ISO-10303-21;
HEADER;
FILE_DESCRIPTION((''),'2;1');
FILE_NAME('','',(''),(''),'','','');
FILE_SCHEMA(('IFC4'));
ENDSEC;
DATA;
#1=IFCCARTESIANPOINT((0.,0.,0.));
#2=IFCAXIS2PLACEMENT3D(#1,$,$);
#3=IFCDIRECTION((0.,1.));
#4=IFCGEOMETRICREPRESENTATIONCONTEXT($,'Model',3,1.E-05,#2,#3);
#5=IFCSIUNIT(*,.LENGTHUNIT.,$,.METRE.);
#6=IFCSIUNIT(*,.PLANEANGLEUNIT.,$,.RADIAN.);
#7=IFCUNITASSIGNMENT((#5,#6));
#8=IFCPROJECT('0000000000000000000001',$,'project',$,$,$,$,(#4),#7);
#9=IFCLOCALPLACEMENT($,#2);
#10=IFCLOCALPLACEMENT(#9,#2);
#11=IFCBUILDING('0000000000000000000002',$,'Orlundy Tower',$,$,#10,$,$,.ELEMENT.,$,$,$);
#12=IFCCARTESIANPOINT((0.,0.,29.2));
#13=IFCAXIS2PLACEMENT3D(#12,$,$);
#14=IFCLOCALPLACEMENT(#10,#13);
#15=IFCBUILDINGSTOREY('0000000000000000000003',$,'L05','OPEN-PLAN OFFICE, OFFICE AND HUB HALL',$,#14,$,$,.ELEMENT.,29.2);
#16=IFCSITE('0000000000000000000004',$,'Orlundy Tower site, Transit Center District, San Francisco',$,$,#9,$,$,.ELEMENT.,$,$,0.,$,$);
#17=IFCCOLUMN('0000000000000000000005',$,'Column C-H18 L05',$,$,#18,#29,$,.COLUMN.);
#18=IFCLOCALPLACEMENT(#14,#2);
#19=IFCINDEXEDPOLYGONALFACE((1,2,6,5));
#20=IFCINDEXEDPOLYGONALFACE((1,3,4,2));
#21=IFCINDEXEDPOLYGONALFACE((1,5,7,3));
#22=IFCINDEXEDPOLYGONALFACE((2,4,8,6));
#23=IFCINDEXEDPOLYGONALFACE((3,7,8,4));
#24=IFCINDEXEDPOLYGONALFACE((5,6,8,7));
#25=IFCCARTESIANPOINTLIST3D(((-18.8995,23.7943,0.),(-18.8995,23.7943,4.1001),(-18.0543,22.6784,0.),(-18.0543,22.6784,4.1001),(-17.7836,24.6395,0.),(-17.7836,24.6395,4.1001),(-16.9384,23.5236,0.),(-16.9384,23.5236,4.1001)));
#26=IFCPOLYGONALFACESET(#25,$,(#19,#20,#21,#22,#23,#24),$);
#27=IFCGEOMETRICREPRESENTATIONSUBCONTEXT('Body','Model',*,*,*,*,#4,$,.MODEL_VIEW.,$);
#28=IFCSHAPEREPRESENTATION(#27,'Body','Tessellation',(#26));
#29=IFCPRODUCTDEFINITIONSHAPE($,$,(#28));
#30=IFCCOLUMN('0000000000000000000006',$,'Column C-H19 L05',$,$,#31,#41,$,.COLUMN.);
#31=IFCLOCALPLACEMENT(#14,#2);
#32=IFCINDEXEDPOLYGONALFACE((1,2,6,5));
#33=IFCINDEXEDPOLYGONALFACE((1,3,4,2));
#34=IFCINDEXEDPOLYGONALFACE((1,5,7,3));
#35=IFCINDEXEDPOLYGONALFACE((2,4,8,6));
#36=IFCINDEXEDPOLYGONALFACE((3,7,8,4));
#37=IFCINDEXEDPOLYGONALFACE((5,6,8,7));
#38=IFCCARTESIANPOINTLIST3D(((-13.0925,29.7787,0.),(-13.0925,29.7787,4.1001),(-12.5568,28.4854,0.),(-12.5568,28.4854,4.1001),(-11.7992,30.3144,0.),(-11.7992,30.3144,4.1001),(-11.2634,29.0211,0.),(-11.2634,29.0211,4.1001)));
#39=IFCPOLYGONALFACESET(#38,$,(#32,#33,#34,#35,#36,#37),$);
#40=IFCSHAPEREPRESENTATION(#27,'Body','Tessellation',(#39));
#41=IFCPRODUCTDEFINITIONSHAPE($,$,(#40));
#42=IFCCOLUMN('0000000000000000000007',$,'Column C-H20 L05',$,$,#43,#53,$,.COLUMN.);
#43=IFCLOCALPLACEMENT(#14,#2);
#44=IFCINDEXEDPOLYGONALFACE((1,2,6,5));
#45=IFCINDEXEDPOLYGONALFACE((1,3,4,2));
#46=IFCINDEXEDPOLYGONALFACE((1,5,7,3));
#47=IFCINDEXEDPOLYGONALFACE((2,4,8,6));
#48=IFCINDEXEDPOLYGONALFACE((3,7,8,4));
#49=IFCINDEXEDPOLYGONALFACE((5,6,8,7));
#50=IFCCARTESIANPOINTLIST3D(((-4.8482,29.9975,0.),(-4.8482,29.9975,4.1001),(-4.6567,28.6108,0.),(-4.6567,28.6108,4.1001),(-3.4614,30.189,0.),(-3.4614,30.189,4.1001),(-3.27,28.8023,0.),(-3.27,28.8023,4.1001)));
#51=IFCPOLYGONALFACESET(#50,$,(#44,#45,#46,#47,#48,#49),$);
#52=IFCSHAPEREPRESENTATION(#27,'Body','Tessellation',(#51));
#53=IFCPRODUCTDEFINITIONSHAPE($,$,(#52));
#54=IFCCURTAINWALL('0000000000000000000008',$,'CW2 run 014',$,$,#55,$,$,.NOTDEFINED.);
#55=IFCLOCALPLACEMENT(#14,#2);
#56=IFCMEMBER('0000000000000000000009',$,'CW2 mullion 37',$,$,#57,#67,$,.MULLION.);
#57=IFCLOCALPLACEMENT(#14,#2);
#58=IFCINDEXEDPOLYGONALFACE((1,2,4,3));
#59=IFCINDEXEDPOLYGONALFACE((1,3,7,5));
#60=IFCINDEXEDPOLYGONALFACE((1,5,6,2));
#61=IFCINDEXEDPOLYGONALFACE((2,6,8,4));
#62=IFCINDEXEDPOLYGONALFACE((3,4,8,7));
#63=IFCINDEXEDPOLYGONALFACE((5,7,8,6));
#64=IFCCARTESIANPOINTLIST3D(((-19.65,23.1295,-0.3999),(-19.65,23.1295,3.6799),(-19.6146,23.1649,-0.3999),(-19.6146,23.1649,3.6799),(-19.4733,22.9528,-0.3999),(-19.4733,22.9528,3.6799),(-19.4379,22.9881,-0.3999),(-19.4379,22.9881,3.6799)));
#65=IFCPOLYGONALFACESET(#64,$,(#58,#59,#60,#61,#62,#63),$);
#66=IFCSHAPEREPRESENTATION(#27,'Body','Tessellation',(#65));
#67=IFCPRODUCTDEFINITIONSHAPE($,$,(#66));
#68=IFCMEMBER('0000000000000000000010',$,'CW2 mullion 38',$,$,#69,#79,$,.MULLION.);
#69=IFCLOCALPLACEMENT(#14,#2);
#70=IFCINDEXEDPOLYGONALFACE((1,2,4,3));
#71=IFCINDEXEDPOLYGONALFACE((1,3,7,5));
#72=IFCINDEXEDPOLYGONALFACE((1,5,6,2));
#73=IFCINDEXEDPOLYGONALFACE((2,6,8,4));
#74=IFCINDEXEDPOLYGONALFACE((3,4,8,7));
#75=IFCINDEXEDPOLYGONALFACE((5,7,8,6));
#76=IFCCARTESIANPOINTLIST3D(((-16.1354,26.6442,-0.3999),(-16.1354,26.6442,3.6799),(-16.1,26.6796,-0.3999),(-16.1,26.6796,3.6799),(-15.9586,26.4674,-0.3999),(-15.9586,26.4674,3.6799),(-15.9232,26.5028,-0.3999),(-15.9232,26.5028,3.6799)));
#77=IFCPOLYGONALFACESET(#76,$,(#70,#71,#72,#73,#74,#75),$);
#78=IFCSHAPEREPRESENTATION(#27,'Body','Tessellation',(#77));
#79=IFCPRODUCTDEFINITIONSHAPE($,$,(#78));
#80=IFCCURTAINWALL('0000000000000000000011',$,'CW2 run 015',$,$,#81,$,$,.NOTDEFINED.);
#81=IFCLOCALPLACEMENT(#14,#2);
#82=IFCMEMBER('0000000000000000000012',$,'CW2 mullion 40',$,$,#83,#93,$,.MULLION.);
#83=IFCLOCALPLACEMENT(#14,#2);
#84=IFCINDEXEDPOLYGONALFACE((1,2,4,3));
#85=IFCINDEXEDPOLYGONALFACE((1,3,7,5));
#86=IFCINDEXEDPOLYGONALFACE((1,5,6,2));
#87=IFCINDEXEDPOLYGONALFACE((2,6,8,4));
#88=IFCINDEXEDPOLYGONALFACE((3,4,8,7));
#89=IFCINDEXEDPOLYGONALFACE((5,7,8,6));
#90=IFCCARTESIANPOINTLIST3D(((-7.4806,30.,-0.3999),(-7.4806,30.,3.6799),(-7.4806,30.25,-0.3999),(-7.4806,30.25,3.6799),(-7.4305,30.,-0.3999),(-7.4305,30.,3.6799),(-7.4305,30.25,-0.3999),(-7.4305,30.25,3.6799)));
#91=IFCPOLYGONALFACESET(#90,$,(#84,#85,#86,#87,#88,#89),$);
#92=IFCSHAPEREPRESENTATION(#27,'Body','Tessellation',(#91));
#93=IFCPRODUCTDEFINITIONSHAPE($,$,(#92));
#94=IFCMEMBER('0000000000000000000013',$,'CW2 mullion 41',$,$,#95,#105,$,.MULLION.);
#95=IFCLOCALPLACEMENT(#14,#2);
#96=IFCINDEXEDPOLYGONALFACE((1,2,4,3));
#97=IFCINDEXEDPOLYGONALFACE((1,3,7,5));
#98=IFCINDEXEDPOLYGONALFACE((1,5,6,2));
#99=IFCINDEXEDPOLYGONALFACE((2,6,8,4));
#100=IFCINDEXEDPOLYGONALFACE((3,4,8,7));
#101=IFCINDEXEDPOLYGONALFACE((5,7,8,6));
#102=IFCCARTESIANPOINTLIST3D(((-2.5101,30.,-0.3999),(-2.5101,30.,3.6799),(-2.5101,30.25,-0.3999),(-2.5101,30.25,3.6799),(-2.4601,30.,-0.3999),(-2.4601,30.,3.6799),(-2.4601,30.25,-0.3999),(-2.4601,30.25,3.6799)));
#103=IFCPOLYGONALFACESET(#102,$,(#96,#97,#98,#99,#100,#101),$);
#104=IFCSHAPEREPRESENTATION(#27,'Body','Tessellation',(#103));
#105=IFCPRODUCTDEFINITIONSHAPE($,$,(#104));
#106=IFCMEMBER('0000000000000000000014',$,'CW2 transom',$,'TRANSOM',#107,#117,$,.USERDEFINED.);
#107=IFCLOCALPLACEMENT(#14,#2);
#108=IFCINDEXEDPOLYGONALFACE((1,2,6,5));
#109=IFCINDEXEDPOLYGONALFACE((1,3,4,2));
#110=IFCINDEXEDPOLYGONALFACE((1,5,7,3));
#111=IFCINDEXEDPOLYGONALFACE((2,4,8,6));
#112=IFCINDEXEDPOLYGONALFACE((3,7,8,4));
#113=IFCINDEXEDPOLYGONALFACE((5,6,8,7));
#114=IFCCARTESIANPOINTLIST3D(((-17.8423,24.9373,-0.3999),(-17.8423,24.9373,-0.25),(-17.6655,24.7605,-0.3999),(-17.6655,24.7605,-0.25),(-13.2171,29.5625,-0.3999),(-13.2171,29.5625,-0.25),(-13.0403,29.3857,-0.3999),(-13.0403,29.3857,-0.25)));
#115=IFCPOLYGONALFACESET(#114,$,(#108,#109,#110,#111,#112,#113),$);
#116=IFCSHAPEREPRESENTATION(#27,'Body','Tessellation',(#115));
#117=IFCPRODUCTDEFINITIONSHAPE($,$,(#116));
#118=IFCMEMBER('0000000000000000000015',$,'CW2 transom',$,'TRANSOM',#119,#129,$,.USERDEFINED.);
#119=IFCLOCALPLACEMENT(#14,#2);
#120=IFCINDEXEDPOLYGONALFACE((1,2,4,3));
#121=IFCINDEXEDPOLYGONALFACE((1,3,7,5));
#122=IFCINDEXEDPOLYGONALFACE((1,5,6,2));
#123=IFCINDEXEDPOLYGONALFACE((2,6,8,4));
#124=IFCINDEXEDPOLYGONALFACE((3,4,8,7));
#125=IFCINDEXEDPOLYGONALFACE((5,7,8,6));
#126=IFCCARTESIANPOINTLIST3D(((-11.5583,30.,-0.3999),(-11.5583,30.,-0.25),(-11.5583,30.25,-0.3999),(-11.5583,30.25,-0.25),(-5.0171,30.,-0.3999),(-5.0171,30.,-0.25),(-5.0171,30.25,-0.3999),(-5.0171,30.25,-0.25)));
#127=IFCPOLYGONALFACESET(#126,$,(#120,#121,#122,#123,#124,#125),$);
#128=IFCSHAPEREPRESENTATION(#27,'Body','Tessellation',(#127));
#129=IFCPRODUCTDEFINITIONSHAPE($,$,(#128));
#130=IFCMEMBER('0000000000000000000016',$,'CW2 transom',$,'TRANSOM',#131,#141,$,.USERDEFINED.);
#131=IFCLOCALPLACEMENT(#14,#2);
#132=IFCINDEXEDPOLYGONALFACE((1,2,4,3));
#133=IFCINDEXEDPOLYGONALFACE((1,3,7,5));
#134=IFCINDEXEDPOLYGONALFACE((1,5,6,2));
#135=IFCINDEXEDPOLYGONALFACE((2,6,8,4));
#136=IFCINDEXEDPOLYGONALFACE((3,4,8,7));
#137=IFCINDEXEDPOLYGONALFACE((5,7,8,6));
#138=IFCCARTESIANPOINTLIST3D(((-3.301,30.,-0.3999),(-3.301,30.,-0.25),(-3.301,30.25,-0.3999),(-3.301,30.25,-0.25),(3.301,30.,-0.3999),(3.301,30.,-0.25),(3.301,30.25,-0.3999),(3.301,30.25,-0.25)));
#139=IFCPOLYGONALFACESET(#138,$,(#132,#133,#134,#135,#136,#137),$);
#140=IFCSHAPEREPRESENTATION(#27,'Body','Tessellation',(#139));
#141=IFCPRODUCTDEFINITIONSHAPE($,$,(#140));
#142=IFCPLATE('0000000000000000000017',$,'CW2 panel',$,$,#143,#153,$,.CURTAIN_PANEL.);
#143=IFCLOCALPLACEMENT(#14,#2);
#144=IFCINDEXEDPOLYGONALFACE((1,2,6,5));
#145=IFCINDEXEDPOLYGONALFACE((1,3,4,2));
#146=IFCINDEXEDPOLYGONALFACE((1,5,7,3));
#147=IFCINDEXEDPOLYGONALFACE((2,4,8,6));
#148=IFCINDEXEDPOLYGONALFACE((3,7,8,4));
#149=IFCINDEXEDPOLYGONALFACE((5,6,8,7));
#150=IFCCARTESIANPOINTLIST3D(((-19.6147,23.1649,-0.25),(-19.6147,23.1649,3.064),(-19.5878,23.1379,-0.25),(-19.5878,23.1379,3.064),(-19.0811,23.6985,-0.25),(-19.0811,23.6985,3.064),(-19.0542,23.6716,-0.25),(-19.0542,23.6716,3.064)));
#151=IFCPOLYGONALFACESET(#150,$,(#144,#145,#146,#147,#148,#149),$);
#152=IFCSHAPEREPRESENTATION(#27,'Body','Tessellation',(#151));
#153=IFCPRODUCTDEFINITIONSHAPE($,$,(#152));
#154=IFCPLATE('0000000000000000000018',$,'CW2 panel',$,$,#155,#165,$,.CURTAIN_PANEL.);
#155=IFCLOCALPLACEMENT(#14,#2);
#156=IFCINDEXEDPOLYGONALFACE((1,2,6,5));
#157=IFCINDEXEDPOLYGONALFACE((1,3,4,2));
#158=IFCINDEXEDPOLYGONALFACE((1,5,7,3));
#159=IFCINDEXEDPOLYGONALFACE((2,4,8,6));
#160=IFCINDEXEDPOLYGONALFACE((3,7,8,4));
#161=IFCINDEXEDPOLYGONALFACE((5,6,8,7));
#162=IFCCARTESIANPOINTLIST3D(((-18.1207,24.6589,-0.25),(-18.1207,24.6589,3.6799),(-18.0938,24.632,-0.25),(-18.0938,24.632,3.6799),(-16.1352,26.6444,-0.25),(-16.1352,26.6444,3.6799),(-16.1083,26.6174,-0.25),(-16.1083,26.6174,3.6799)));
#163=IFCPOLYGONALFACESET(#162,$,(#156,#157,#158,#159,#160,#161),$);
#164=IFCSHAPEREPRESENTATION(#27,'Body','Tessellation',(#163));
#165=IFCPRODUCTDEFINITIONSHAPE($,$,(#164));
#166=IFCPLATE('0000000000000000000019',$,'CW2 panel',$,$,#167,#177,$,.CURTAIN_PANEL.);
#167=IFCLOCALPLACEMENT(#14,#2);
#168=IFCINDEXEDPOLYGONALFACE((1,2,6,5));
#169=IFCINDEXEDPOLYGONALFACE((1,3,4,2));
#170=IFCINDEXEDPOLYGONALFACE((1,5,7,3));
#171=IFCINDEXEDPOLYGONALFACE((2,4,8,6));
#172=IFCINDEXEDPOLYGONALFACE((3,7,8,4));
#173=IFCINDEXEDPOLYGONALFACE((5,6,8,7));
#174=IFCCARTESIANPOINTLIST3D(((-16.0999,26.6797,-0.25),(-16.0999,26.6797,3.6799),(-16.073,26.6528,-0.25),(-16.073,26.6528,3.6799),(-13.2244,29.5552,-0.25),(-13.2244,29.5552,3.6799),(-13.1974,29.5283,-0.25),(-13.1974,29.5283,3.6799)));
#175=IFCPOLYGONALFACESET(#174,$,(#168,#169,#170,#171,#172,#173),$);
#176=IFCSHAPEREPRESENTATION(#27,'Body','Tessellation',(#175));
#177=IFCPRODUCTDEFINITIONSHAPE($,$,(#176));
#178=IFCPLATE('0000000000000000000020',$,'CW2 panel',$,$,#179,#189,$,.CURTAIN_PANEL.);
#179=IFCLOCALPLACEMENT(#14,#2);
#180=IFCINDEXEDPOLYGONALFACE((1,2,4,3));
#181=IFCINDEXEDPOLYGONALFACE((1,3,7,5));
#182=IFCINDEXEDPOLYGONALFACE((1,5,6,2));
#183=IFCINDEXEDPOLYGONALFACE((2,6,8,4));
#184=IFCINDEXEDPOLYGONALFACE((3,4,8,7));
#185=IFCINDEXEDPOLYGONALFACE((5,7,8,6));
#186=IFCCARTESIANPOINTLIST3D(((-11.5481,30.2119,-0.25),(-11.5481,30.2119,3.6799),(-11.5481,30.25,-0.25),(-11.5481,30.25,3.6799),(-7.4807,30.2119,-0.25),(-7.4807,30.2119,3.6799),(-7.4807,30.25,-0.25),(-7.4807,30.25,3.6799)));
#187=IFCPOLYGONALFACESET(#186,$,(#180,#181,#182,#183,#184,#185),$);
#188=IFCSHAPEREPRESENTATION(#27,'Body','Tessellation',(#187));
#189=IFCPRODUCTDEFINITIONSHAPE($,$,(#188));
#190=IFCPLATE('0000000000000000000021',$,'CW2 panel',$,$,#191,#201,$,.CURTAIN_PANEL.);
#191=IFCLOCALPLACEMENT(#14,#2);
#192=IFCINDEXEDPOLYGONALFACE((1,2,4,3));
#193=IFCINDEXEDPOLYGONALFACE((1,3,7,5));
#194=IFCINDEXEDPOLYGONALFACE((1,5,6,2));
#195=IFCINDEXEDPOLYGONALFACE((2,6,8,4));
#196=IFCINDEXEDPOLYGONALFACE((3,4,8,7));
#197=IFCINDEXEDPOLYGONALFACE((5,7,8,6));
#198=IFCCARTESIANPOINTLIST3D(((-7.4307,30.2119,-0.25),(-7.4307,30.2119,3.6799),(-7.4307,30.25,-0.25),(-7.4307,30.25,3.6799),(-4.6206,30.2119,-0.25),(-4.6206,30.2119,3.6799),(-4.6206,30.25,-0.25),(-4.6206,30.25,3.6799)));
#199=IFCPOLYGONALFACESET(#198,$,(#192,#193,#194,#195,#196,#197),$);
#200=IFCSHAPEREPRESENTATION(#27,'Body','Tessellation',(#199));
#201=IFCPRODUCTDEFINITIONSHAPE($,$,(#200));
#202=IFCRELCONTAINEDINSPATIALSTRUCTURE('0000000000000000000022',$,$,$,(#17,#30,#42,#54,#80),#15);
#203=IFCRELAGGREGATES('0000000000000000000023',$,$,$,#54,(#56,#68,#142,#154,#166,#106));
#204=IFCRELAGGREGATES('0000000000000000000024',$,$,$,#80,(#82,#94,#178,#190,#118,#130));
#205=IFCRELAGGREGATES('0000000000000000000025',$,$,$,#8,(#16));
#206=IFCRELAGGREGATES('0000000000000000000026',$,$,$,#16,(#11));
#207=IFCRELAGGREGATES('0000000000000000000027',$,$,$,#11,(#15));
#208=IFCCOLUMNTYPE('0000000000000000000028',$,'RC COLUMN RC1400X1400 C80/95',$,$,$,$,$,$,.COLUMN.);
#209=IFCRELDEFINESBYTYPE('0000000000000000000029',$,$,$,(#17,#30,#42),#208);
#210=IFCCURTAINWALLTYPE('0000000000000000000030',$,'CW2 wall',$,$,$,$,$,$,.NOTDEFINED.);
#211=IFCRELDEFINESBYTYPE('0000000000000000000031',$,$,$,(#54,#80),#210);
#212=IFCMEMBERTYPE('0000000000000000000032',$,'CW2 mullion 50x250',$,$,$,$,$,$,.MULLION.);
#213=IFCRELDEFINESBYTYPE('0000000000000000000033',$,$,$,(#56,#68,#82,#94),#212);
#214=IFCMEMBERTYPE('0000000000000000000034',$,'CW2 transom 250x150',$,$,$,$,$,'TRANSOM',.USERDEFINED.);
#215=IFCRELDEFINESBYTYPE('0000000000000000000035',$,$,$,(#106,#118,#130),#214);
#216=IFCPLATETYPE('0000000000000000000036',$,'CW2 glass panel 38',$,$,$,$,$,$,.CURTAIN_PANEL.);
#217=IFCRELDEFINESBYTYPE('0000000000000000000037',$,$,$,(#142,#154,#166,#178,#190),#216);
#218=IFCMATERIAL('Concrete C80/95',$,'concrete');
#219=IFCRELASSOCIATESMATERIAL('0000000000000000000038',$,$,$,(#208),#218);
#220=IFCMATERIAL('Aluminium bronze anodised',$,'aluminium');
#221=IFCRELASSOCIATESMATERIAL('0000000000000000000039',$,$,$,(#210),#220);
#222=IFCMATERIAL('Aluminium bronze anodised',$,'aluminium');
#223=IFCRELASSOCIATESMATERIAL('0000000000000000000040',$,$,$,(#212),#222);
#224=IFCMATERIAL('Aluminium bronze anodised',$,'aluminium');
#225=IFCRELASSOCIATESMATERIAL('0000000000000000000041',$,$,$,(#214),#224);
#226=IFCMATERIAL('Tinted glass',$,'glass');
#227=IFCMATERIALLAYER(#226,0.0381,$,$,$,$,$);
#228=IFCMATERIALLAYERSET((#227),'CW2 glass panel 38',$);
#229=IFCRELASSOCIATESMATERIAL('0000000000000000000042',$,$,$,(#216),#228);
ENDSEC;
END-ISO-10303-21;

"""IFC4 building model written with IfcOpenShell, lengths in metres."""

from ifc_helpers import new_model, si_unit, direction, frame, origin, origin_2d, place, context, subcontext, project, spatial, rectangle, extrude, material, layer, layer_set, material_profile, profile_set, type_object, element, aggregate, save


model = new_model("IFC4")

# Units and contexts
model_context = context("Model", 3, precision=1e-05, world=origin(), true_north=direction((0.0, 1.0)))
body_context = subcontext(model_context, "Body", "Model", "MODEL_VIEW")
ifc_project = project(units=[si_unit("LENGTHUNIT", "METRE"), si_unit("PLANEANGLEUNIT", "RADIAN")], contexts=[model_context])

# Site, building, storey
site_placement = place(None, origin())
site = spatial("IfcSite", under=ifc_project, at=site_placement, Name="Orlundy Tower site, Transit Center District, San Francisco", CompositionType="ELEMENT", RefElevation=0.0)
building_placement = place(site_placement, origin())
building = spatial("IfcBuilding", under=site, at=building_placement, Name="Orlundy Tower", CompositionType="ELEMENT")
storey_placement = place(building_placement, frame((0.0, 0.0, 29.2)))
storey = spatial("IfcBuildingStorey", under=building, at=storey_placement, Name="L05", Description="OPEN-PLAN OFFICE, OFFICE AND HUB HALL", CompositionType="ELEMENT", Elevation=29.2)

# Columns
ifc_material_1 = material(Name="Concrete C80/95", Category="concrete")
ifc_material_profile_1 = material_profile(ifc_material_1, rectangle(XDim=1.3999, YDim=1.3999, at=origin_2d()), Name="RC1400X1400")
ifc_profile_set_1 = profile_set([ifc_material_profile_1], Name="Concrete C80/95")
column_type = type_object("IfcColumnType", Name="RC COLUMN RC1400X1400 C80/95", PredefinedType="COLUMN", material=ifc_profile_set_1)
for number, where, z_axis, x_axis, name in (
    (1, (-17.9189, 23.6589, 0.0), (0.0, 0.0, 1.0), (-0.603765, 0.797163, 0.0), "Column C-H18 L05"),
    (2, (-12.178, 29.3999, 0.0), (0.0, 0.0, 1.0), (-0.382683, 0.92388, 0.0), "Column C-H19 L05"),
    (3, (-4.0591, 29.3999, 0.0), (0.0, 0.0, 1.0), (-0.13677, 0.990603, 0.0), "Column C-H20 L05"),
):
    element("IfcColumn", number, at=place(storey_placement, frame(where, z_axis=z_axis, x_axis=x_axis)), inside=storey, type_object=column_type, Name=name, PredefinedType="COLUMN", context=body_context, shape_type="SweptSolid", body=[
        extrude(rectangle(XDim=1.3999, YDim=1.3999, at=origin_2d()), origin(), (0.0, 0.0, 1.0), 4.1001),
    ])

# Curtain walls, members
ifc_material_2 = material(Name="Aluminium bronze anodised", Category="aluminium")
curtain_wall_type = type_object("IfcCurtainWallType", Name="CW2 wall", PredefinedType="NOTDEFINED", material=ifc_material_2)
curtain_wall_1_placement = place(storey_placement, origin())
curtain_wall_1 = element("IfcCurtainWall", 4, at=curtain_wall_1_placement, inside=storey, type_object=curtain_wall_type, Name="CW2 run 014", PredefinedType="NOTDEFINED")
ifc_material_3 = material(Name="Aluminium bronze anodised", Category="aluminium")
ifc_material_profile_2 = material_profile(ifc_material_3, rectangle(XDim=0.25, YDim=0.05, at=origin_2d()), Name="CW2 mullion 50x250")
ifc_profile_set_2 = profile_set([ifc_material_profile_2], Name="Aluminium bronze anodised")
member_type_1 = type_object("IfcMemberType", Name="CW2 mullion 50x250", PredefinedType="MULLION", material=ifc_profile_set_2)
member_1_placement = place(storey_placement, frame((-19.5439, 23.0588, -0.3999), z_axis=(0.0, 0.0, 1.0), x_axis=(-0.707107, 0.707107, 0.0)))
member_1 = element("IfcMember", 5, at=member_1_placement, type_object=member_type_1, Name="CW2 mullion 37", PredefinedType="MULLION", context=body_context, shape_type="SweptSolid", body=[
    extrude(rectangle(XDim=0.25, YDim=0.05, at=origin_2d()), origin(), (0.0, 0.0, 1.0), 4.0798),
])
member_2_placement = place(storey_placement, frame((-16.0293, 26.5735, -0.3999), z_axis=(0.0, 0.0, 1.0), x_axis=(-0.707107, 0.707107, 0.0)))
member_2 = element("IfcMember", 6, at=member_2_placement, type_object=member_type_1, Name="CW2 mullion 38", PredefinedType="MULLION", context=body_context, shape_type="SweptSolid", body=[
    extrude(rectangle(XDim=0.25, YDim=0.05, at=origin_2d()), origin(), (0.0, 0.0, 1.0), 4.0798),
])
curtain_wall_2_placement = place(storey_placement, origin())
curtain_wall_2 = element("IfcCurtainWall", 7, at=curtain_wall_2_placement, inside=storey, type_object=curtain_wall_type, Name="CW2 run 015", PredefinedType="NOTDEFINED")
member_3_placement = place(storey_placement, frame((-7.4556, 30.125, -0.3999), z_axis=(0.0, 0.0, 1.0), x_axis=(0.0, 1.0, 0.0)))
member_3 = element("IfcMember", 8, at=member_3_placement, type_object=member_type_1, Name="CW2 mullion 40", PredefinedType="MULLION", context=body_context, shape_type="SweptSolid", body=[
    extrude(rectangle(XDim=0.25, YDim=0.05, at=origin_2d()), origin(), (0.0, 0.0, 1.0), 4.0798),
])
member_4_placement = place(storey_placement, frame((-2.4851, 30.125, -0.3999), z_axis=(0.0, 0.0, 1.0), x_axis=(0.0, 1.0, 0.0)))
member_4 = element("IfcMember", 9, at=member_4_placement, type_object=member_type_1, Name="CW2 mullion 41", PredefinedType="MULLION", context=body_context, shape_type="SweptSolid", body=[
    extrude(rectangle(XDim=0.25, YDim=0.05, at=origin_2d()), origin(), (0.0, 0.0, 1.0), 4.0798),
])

# Members
ifc_material_4 = material(Name="Aluminium bronze anodised", Category="aluminium")
ifc_material_profile_3 = material_profile(ifc_material_4, rectangle(XDim=0.25, YDim=0.1499, at=origin_2d()), Name="CW2 transom 250x150")
ifc_profile_set_3 = profile_set([ifc_material_profile_3], Name="Aluminium bronze anodised")
member_type_2 = type_object("IfcMemberType", Name="CW2 transom 250x150", ElementType="TRANSOM", PredefinedType="USERDEFINED", material=ifc_profile_set_3)
member_5_placement = place(storey_placement, frame((-17.7539, 24.8489, -0.325), z_axis=(0.707107, 0.707107, 0.0), x_axis=(-0.707107, 0.707107, 0.0)))
member_5 = element("IfcMember", 10, at=member_5_placement, type_object=member_type_2, Name="CW2 transom", ObjectType="TRANSOM", PredefinedType="USERDEFINED", context=body_context, shape_type="SweptSolid", body=[
    extrude(rectangle(XDim=0.25, YDim=0.1499, at=origin_2d()), origin(), (0.0, 0.0, 1.0), 6.541),
])
member_6_placement = place(storey_placement, frame((-11.5583, 30.125, -0.325), z_axis=(1.0, 0.0, 0.0), x_axis=(0.0, 1.0, 0.0)))
member_6 = element("IfcMember", 11, at=member_6_placement, type_object=member_type_2, Name="CW2 transom", ObjectType="TRANSOM", PredefinedType="USERDEFINED", context=body_context, shape_type="SweptSolid", body=[
    extrude(rectangle(XDim=0.25, YDim=0.1499, at=origin_2d()), origin(), (0.0, 0.0, 1.0), 6.5413),
])
member_7_placement = place(storey_placement, frame((-3.301, 30.125, -0.325), z_axis=(1.0, 0.0, 0.0), x_axis=(0.0, 1.0, 0.0)))
member_7 = element("IfcMember", 12, at=member_7_placement, type_object=member_type_2, Name="CW2 transom", ObjectType="TRANSOM", PredefinedType="USERDEFINED", context=body_context, shape_type="SweptSolid", body=[
    extrude(rectangle(XDim=0.25, YDim=0.1499, at=origin_2d()), origin(), (0.0, 0.0, 1.0), 6.6021),
])

# Plates
ifc_material_5 = material(Name="Tinted glass", Category="glass")
ifc_layer_1 = layer(ifc_material_5, 0.0381)
ifc_layer_set_1 = layer_set([ifc_layer_1], Name="CW2 glass panel 38")
plate_type = type_object("IfcPlateType", Name="CW2 glass panel 38", PredefinedType="CURTAIN_PANEL", material=ifc_layer_set_1)
plate_1_placement = place(storey_placement, frame((-19.3345, 23.4182, -0.25), z_axis=(0.0, 0.0, 1.0), x_axis=(0.707107, 0.707107, 0.0)))
plate_1 = element("IfcPlate", 13, at=plate_1_placement, type_object=plate_type, Name="CW2 panel", PredefinedType="CURTAIN_PANEL", context=body_context, shape_type="SweptSolid", body=[
    extrude(rectangle(XDim=0.7546, YDim=0.0381, at=origin_2d()), origin(), (0.0, 0.0, 1.0), 3.314),
])
plate_2_placement = place(storey_placement, frame((-17.1145, 25.6382, -0.25), z_axis=(0.0, 0.0, 1.0), x_axis=(0.707107, 0.707107, 0.0)))
plate_2 = element("IfcPlate", 14, at=plate_2_placement, type_object=plate_type, Name="CW2 panel", PredefinedType="CURTAIN_PANEL", context=body_context, shape_type="SweptSolid", body=[
    extrude(rectangle(XDim=2.8079, YDim=0.0381, at=origin_2d()), origin(), (0.0, 0.0, 1.0), 3.9299),
])
plate_3_placement = place(storey_placement, frame((-14.6487, 28.104, -0.25), z_axis=(0.0, 0.0, 1.0), x_axis=(0.707107, 0.707107, 0.0)))
plate_3 = element("IfcPlate", 15, at=plate_3_placement, type_object=plate_type, Name="CW2 panel", PredefinedType="CURTAIN_PANEL", context=body_context, shape_type="SweptSolid", body=[
    extrude(rectangle(XDim=4.0667, YDim=0.0381, at=origin_2d()), origin(), (0.0, 0.0, 1.0), 3.9299),
])
aggregate(curtain_wall_1, [member_1, member_2, plate_1, plate_2, plate_3, member_5])
plate_4_placement = place(storey_placement, frame((-9.5144, 30.231, -0.25), z_axis=(0.0, 0.0, 1.0), x_axis=(1.0, 0.0, 0.0)))
plate_4 = element("IfcPlate", 16, at=plate_4_placement, type_object=plate_type, Name="CW2 panel", PredefinedType="CURTAIN_PANEL", context=body_context, shape_type="SweptSolid", body=[
    extrude(rectangle(XDim=4.0674, YDim=0.0381, at=origin_2d()), origin(), (0.0, 0.0, 1.0), 3.9299),
])
plate_5_placement = place(storey_placement, frame((-6.0256, 30.231, -0.25), z_axis=(0.0, 0.0, 1.0), x_axis=(1.0, 0.0, 0.0)))
plate_5 = element("IfcPlate", 17, at=plate_5_placement, type_object=plate_type, Name="CW2 panel", PredefinedType="CURTAIN_PANEL", context=body_context, shape_type="SweptSolid", body=[
    extrude(rectangle(XDim=2.8101, YDim=0.0381, at=origin_2d()), origin(), (0.0, 0.0, 1.0), 3.9299),
])
aggregate(curtain_wall_2, [member_3, member_4, plate_4, plate_5, member_6, member_7])

save(model, "model.ifc")
